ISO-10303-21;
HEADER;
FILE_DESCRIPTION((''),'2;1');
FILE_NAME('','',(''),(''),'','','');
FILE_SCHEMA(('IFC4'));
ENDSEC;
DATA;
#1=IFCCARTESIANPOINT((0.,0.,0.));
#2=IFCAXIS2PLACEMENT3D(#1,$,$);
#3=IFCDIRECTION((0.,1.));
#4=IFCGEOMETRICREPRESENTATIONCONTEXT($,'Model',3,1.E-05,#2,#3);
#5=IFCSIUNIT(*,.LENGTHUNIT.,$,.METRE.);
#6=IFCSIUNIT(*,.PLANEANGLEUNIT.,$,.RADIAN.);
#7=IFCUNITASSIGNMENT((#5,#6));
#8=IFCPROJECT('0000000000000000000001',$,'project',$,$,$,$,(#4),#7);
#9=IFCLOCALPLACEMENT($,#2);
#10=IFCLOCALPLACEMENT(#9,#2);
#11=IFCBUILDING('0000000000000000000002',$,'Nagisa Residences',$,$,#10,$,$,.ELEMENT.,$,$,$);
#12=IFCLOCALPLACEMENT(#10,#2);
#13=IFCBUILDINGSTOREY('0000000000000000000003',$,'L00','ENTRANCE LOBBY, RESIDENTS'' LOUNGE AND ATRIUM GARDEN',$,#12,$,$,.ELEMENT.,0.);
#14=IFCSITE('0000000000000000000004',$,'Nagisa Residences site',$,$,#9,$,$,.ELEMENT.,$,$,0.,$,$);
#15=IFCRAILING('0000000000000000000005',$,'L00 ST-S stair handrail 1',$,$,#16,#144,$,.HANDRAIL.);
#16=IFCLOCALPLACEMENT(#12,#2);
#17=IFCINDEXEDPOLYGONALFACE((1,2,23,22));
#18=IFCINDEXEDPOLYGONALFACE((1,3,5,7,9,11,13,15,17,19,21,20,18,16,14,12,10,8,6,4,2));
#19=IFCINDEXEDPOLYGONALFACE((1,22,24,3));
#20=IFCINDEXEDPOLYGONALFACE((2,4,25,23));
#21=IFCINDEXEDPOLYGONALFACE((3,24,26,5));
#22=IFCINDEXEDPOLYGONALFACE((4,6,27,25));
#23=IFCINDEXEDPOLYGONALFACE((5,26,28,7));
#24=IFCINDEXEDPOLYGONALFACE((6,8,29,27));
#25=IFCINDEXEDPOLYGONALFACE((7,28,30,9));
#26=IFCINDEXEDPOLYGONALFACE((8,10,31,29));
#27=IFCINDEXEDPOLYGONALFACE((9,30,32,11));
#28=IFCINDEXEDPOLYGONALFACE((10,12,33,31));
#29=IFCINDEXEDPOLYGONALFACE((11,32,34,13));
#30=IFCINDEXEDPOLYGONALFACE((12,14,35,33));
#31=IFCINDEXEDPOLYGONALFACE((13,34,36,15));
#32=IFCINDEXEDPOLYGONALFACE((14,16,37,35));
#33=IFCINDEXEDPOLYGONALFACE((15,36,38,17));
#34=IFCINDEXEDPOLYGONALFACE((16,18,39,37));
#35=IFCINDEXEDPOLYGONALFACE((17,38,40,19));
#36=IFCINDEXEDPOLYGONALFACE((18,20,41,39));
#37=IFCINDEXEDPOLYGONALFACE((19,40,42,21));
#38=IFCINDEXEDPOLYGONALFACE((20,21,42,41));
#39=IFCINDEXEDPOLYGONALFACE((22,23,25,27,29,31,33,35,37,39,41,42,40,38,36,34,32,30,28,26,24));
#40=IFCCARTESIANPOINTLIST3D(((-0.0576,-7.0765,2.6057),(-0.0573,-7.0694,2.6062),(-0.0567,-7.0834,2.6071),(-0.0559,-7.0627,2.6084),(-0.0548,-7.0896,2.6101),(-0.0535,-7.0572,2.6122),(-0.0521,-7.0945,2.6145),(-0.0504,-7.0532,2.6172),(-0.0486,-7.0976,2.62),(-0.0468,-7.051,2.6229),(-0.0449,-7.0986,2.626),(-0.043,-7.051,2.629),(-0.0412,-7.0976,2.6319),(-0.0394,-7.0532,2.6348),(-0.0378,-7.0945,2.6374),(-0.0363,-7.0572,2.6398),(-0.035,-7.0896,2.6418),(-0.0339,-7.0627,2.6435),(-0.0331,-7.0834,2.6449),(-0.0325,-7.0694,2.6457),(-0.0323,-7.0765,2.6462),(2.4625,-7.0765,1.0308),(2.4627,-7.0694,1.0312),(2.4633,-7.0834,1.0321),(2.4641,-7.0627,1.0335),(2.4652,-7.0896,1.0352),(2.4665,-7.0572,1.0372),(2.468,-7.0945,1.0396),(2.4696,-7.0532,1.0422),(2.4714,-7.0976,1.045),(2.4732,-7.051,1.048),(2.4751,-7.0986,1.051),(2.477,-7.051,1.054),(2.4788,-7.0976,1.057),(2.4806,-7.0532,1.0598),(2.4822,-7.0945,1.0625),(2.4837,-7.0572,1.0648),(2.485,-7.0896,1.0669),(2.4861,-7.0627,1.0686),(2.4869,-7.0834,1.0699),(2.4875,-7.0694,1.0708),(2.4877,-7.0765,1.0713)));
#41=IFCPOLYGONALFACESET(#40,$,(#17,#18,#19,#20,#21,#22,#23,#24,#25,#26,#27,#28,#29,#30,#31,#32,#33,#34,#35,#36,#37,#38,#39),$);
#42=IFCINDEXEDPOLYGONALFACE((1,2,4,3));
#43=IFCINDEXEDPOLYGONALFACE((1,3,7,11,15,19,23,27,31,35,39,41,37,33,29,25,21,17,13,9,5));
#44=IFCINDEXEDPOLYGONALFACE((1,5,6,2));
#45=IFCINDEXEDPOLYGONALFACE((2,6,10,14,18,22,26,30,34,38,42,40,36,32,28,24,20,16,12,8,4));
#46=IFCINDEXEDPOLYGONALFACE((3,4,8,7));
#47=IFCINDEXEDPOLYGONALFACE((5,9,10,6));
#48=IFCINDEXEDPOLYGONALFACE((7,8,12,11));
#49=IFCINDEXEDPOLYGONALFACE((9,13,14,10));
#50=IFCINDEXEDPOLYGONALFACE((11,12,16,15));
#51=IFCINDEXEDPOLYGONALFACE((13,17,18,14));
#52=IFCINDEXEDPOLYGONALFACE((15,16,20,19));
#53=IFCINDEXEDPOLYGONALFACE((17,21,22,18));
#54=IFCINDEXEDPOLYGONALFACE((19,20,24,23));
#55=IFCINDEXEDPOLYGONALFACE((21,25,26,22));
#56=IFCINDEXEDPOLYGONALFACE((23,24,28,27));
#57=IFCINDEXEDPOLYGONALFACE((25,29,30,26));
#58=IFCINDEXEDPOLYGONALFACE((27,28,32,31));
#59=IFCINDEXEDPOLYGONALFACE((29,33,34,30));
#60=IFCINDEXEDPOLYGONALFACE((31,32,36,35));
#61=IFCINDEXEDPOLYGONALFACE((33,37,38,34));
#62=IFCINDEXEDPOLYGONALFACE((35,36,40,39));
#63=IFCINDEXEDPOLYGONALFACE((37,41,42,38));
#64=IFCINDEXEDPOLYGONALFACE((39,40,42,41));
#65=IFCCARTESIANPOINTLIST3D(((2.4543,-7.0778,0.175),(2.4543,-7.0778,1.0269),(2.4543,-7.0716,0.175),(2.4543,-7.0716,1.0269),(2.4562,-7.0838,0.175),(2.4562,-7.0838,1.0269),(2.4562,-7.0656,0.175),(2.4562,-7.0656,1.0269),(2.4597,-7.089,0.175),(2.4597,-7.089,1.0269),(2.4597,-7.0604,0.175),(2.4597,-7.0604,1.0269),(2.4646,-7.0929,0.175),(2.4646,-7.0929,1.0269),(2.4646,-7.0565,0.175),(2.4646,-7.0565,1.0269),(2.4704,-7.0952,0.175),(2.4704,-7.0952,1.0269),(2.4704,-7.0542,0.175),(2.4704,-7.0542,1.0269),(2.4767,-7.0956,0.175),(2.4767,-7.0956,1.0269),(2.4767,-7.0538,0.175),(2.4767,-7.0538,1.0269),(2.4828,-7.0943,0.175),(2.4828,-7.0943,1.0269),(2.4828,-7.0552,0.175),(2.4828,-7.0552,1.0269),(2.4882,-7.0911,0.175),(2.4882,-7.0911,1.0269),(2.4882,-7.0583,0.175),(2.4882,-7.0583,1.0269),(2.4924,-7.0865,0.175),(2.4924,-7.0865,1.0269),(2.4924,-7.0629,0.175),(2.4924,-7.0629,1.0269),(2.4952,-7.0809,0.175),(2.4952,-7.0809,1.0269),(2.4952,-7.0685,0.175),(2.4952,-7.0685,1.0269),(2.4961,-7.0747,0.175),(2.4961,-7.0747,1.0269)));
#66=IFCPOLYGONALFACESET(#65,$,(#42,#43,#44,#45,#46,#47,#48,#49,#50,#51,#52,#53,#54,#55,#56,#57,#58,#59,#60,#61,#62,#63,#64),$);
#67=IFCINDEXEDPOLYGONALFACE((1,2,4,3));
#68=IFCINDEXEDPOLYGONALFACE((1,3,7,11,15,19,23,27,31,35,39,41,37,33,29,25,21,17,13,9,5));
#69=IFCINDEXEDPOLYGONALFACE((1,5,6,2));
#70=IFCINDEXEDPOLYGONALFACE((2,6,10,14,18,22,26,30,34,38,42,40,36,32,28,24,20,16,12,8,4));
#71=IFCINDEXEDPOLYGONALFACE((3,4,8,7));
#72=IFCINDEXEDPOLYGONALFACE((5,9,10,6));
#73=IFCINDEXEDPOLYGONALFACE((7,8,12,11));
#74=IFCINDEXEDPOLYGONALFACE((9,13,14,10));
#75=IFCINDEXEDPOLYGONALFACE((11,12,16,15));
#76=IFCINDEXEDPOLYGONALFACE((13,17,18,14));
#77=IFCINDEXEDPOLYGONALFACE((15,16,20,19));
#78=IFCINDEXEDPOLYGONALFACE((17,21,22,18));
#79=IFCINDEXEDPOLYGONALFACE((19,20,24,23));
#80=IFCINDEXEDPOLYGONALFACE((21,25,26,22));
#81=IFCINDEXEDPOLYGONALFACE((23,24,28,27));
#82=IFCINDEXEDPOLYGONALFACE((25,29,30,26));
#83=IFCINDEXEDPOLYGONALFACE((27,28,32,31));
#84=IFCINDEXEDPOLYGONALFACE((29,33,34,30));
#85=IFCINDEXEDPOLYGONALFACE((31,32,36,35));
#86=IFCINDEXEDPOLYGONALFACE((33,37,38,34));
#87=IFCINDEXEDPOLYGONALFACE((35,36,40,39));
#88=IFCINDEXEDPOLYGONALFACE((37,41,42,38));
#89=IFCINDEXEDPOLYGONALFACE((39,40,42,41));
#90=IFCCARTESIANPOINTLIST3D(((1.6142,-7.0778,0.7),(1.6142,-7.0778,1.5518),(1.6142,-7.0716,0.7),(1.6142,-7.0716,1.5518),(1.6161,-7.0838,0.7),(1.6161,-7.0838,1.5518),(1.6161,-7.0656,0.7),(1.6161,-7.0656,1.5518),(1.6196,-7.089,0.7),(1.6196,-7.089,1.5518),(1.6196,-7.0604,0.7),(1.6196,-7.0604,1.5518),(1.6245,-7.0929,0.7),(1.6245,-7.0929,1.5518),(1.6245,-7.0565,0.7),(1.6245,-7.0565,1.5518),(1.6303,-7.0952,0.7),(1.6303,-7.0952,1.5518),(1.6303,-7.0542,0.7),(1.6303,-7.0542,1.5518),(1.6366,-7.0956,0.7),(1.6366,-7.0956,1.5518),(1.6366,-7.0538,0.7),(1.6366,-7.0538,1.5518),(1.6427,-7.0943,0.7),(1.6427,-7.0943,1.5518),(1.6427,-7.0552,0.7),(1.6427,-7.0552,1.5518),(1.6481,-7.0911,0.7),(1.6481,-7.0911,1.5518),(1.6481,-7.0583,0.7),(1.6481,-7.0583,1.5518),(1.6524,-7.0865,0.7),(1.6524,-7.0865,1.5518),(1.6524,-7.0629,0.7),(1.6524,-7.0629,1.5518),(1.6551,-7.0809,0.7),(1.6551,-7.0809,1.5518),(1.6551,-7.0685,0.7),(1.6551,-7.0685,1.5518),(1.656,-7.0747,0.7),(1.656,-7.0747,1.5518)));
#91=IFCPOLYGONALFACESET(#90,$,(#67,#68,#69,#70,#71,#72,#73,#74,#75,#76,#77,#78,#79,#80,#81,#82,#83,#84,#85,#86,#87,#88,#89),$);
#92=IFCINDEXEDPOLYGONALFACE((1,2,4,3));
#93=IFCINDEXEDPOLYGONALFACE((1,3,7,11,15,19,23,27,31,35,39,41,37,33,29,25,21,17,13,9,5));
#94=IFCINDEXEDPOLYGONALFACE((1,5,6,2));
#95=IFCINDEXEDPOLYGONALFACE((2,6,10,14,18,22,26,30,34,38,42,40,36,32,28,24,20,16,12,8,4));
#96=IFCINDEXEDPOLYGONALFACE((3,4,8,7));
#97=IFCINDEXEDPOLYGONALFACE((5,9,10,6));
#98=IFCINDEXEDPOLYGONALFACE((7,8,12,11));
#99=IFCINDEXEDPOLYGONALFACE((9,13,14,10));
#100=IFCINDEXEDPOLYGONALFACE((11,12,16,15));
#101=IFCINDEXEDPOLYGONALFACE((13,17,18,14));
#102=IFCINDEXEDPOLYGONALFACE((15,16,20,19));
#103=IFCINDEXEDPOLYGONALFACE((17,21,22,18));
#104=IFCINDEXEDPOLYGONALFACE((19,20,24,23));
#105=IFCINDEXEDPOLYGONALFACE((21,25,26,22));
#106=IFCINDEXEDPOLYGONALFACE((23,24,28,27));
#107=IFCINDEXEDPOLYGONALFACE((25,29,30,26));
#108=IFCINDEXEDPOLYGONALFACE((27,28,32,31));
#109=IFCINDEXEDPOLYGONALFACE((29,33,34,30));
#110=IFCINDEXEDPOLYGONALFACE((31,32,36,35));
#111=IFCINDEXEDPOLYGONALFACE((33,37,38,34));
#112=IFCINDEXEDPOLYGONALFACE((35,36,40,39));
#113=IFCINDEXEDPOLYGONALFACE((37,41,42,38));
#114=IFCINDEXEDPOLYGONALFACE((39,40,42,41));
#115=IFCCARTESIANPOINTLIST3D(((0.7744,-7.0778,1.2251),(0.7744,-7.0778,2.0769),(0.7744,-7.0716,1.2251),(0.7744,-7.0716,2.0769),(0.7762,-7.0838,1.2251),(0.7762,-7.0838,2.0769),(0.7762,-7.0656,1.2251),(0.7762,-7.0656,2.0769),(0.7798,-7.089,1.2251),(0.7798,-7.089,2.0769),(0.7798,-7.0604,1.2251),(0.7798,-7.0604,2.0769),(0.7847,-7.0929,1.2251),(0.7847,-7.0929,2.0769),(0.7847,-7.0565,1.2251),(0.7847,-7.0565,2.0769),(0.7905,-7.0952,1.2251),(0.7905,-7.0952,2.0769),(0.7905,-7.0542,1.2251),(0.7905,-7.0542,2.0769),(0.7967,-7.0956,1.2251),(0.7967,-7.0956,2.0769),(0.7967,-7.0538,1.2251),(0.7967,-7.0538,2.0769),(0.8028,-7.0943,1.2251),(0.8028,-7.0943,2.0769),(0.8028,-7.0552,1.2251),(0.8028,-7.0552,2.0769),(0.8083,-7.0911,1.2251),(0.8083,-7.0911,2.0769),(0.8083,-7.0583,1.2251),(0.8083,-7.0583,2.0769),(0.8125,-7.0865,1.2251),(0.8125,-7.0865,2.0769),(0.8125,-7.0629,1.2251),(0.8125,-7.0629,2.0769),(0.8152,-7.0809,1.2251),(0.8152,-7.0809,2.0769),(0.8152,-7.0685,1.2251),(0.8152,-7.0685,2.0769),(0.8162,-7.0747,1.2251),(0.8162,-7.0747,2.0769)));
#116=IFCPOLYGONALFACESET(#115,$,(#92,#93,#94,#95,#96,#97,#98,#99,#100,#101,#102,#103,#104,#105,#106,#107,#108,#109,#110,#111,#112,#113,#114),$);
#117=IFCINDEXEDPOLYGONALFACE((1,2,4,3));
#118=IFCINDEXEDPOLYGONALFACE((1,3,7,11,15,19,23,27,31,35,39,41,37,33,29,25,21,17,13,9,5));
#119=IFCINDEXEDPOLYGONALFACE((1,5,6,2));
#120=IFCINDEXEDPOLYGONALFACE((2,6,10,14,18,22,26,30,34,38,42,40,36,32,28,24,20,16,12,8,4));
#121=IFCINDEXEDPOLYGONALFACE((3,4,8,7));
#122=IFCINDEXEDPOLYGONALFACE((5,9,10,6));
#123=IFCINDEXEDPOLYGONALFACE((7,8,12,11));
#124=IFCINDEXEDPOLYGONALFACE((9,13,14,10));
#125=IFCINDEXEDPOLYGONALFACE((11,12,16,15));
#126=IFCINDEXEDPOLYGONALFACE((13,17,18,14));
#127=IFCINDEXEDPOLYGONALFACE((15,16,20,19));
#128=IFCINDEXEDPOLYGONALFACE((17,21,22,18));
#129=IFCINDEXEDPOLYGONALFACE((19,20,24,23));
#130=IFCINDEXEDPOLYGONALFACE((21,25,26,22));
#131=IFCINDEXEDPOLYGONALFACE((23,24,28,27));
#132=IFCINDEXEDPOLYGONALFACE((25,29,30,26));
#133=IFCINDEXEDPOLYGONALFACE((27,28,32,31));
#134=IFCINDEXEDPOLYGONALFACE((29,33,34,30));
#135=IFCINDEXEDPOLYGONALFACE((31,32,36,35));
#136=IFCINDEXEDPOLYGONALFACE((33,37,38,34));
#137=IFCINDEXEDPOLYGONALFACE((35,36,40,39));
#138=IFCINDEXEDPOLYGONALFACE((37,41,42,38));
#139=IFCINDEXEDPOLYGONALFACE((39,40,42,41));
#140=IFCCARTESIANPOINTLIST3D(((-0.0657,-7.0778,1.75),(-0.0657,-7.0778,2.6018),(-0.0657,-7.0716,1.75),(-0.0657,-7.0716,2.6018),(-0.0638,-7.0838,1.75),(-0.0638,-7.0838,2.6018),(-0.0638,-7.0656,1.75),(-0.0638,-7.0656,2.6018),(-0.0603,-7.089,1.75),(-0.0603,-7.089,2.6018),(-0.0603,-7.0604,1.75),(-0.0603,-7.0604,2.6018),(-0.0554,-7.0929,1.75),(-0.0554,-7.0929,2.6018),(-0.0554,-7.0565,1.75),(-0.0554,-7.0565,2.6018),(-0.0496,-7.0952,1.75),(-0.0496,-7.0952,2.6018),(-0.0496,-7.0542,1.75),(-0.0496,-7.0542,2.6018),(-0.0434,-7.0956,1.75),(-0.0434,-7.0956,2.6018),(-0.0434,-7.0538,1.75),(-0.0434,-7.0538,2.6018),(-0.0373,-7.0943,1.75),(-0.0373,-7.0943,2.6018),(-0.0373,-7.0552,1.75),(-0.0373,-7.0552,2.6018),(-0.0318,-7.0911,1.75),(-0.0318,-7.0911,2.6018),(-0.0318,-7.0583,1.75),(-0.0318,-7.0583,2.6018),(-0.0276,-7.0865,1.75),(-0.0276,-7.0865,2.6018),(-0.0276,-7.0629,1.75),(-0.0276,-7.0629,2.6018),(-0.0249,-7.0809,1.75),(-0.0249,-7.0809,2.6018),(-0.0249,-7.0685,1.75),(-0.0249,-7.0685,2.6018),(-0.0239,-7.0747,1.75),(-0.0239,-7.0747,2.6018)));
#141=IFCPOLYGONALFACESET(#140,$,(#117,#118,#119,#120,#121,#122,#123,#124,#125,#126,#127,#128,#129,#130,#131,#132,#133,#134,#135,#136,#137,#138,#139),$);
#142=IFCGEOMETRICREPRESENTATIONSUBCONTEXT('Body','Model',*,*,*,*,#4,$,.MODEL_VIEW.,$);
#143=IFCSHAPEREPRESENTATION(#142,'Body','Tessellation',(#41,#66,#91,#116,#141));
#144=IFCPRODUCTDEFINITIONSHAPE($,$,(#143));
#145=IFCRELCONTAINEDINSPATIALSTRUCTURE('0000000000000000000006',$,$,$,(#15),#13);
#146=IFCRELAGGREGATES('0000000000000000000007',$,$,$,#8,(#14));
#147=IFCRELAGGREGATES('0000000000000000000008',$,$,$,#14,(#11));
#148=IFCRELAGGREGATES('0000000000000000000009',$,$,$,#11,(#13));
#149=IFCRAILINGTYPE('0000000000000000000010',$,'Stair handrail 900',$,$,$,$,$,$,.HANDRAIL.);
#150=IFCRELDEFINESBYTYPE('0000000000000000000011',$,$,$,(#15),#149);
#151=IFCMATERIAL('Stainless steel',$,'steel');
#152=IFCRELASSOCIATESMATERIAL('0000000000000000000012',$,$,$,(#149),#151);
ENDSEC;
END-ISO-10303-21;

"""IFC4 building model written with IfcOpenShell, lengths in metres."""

from ifc_helpers import new_model, si_unit, direction, frame, origin, origin_2d, place, context, subcontext, project, spatial, circle, extrude, material, type_object, element, save


model = new_model("IFC4")

# Units and contexts
model_context = context("Model", 3, precision=1e-05, world=origin(), true_north=direction((0.0, 1.0)))
body_context = subcontext(model_context, "Body", "Model", "MODEL_VIEW")
ifc_project = project(units=[si_unit("LENGTHUNIT", "METRE"), si_unit("PLANEANGLEUNIT", "RADIAN")], contexts=[model_context])

# Site, building, storey
site_placement = place(None, origin())
site = spatial("IfcSite", under=ifc_project, at=site_placement, Name="Nagisa Residences site", CompositionType="ELEMENT", RefElevation=0.0)
building_placement = place(site_placement, origin())
building = spatial("IfcBuilding", under=site, at=building_placement, Name="Nagisa Residences", CompositionType="ELEMENT")
storey_placement = place(building_placement, origin())
storey = spatial("IfcBuildingStorey", under=building, at=storey_placement, Name="L00", Description="ENTRANCE LOBBY, RESIDENTS' LOUNGE AND ATRIUM GARDEN", CompositionType="ELEMENT", Elevation=0.0)

# Railing
ifc_material_1 = material(Name="Stainless steel", Category="steel")
railing_type_1 = type_object("IfcRailingType", Name="Stair handrail 900", PredefinedType="HANDRAIL", material=ifc_material_1)
railing_1_placement = place(storey_placement, frame((2.4751, -7.0747, 0.175)))
element("IfcRailing", 1, at=railing_1_placement, inside=storey, type_object=railing_type_1, Name="L00 ST-S stair handrail 1", PredefinedType="HANDRAIL", context=body_context, shape_type="SweptSolid", body=[
    extrude(circle(Radius=0.0239, at=origin_2d()), frame((0.0, 0.0, 0.876), z_axis=(-0.848008, 0.0, 0.529984), x_axis=(0.0, -1.0, 0.0)), (0.0, 0.0, 1.0), 2.9717),
    extrude(circle(Radius=0.021, at=origin_2d()), origin(), (0.0, 0.0, 1.0), 0.8518),
    extrude(circle(Radius=0.021, at=origin_2d()), frame((-0.8401, 0.0, 0.5249)), (0.0, 0.0, 1.0), 0.8518),
    extrude(circle(Radius=0.021, at=origin_2d()), frame((-1.6799, 0.0, 1.05)), (0.0, 0.0, 1.0), 0.8518),
    extrude(circle(Radius=0.021, at=origin_2d()), frame((-2.52, 0.0, 1.575)), (0.0, 0.0, 1.0), 0.8518),
])

save(model, "model.ifc")
